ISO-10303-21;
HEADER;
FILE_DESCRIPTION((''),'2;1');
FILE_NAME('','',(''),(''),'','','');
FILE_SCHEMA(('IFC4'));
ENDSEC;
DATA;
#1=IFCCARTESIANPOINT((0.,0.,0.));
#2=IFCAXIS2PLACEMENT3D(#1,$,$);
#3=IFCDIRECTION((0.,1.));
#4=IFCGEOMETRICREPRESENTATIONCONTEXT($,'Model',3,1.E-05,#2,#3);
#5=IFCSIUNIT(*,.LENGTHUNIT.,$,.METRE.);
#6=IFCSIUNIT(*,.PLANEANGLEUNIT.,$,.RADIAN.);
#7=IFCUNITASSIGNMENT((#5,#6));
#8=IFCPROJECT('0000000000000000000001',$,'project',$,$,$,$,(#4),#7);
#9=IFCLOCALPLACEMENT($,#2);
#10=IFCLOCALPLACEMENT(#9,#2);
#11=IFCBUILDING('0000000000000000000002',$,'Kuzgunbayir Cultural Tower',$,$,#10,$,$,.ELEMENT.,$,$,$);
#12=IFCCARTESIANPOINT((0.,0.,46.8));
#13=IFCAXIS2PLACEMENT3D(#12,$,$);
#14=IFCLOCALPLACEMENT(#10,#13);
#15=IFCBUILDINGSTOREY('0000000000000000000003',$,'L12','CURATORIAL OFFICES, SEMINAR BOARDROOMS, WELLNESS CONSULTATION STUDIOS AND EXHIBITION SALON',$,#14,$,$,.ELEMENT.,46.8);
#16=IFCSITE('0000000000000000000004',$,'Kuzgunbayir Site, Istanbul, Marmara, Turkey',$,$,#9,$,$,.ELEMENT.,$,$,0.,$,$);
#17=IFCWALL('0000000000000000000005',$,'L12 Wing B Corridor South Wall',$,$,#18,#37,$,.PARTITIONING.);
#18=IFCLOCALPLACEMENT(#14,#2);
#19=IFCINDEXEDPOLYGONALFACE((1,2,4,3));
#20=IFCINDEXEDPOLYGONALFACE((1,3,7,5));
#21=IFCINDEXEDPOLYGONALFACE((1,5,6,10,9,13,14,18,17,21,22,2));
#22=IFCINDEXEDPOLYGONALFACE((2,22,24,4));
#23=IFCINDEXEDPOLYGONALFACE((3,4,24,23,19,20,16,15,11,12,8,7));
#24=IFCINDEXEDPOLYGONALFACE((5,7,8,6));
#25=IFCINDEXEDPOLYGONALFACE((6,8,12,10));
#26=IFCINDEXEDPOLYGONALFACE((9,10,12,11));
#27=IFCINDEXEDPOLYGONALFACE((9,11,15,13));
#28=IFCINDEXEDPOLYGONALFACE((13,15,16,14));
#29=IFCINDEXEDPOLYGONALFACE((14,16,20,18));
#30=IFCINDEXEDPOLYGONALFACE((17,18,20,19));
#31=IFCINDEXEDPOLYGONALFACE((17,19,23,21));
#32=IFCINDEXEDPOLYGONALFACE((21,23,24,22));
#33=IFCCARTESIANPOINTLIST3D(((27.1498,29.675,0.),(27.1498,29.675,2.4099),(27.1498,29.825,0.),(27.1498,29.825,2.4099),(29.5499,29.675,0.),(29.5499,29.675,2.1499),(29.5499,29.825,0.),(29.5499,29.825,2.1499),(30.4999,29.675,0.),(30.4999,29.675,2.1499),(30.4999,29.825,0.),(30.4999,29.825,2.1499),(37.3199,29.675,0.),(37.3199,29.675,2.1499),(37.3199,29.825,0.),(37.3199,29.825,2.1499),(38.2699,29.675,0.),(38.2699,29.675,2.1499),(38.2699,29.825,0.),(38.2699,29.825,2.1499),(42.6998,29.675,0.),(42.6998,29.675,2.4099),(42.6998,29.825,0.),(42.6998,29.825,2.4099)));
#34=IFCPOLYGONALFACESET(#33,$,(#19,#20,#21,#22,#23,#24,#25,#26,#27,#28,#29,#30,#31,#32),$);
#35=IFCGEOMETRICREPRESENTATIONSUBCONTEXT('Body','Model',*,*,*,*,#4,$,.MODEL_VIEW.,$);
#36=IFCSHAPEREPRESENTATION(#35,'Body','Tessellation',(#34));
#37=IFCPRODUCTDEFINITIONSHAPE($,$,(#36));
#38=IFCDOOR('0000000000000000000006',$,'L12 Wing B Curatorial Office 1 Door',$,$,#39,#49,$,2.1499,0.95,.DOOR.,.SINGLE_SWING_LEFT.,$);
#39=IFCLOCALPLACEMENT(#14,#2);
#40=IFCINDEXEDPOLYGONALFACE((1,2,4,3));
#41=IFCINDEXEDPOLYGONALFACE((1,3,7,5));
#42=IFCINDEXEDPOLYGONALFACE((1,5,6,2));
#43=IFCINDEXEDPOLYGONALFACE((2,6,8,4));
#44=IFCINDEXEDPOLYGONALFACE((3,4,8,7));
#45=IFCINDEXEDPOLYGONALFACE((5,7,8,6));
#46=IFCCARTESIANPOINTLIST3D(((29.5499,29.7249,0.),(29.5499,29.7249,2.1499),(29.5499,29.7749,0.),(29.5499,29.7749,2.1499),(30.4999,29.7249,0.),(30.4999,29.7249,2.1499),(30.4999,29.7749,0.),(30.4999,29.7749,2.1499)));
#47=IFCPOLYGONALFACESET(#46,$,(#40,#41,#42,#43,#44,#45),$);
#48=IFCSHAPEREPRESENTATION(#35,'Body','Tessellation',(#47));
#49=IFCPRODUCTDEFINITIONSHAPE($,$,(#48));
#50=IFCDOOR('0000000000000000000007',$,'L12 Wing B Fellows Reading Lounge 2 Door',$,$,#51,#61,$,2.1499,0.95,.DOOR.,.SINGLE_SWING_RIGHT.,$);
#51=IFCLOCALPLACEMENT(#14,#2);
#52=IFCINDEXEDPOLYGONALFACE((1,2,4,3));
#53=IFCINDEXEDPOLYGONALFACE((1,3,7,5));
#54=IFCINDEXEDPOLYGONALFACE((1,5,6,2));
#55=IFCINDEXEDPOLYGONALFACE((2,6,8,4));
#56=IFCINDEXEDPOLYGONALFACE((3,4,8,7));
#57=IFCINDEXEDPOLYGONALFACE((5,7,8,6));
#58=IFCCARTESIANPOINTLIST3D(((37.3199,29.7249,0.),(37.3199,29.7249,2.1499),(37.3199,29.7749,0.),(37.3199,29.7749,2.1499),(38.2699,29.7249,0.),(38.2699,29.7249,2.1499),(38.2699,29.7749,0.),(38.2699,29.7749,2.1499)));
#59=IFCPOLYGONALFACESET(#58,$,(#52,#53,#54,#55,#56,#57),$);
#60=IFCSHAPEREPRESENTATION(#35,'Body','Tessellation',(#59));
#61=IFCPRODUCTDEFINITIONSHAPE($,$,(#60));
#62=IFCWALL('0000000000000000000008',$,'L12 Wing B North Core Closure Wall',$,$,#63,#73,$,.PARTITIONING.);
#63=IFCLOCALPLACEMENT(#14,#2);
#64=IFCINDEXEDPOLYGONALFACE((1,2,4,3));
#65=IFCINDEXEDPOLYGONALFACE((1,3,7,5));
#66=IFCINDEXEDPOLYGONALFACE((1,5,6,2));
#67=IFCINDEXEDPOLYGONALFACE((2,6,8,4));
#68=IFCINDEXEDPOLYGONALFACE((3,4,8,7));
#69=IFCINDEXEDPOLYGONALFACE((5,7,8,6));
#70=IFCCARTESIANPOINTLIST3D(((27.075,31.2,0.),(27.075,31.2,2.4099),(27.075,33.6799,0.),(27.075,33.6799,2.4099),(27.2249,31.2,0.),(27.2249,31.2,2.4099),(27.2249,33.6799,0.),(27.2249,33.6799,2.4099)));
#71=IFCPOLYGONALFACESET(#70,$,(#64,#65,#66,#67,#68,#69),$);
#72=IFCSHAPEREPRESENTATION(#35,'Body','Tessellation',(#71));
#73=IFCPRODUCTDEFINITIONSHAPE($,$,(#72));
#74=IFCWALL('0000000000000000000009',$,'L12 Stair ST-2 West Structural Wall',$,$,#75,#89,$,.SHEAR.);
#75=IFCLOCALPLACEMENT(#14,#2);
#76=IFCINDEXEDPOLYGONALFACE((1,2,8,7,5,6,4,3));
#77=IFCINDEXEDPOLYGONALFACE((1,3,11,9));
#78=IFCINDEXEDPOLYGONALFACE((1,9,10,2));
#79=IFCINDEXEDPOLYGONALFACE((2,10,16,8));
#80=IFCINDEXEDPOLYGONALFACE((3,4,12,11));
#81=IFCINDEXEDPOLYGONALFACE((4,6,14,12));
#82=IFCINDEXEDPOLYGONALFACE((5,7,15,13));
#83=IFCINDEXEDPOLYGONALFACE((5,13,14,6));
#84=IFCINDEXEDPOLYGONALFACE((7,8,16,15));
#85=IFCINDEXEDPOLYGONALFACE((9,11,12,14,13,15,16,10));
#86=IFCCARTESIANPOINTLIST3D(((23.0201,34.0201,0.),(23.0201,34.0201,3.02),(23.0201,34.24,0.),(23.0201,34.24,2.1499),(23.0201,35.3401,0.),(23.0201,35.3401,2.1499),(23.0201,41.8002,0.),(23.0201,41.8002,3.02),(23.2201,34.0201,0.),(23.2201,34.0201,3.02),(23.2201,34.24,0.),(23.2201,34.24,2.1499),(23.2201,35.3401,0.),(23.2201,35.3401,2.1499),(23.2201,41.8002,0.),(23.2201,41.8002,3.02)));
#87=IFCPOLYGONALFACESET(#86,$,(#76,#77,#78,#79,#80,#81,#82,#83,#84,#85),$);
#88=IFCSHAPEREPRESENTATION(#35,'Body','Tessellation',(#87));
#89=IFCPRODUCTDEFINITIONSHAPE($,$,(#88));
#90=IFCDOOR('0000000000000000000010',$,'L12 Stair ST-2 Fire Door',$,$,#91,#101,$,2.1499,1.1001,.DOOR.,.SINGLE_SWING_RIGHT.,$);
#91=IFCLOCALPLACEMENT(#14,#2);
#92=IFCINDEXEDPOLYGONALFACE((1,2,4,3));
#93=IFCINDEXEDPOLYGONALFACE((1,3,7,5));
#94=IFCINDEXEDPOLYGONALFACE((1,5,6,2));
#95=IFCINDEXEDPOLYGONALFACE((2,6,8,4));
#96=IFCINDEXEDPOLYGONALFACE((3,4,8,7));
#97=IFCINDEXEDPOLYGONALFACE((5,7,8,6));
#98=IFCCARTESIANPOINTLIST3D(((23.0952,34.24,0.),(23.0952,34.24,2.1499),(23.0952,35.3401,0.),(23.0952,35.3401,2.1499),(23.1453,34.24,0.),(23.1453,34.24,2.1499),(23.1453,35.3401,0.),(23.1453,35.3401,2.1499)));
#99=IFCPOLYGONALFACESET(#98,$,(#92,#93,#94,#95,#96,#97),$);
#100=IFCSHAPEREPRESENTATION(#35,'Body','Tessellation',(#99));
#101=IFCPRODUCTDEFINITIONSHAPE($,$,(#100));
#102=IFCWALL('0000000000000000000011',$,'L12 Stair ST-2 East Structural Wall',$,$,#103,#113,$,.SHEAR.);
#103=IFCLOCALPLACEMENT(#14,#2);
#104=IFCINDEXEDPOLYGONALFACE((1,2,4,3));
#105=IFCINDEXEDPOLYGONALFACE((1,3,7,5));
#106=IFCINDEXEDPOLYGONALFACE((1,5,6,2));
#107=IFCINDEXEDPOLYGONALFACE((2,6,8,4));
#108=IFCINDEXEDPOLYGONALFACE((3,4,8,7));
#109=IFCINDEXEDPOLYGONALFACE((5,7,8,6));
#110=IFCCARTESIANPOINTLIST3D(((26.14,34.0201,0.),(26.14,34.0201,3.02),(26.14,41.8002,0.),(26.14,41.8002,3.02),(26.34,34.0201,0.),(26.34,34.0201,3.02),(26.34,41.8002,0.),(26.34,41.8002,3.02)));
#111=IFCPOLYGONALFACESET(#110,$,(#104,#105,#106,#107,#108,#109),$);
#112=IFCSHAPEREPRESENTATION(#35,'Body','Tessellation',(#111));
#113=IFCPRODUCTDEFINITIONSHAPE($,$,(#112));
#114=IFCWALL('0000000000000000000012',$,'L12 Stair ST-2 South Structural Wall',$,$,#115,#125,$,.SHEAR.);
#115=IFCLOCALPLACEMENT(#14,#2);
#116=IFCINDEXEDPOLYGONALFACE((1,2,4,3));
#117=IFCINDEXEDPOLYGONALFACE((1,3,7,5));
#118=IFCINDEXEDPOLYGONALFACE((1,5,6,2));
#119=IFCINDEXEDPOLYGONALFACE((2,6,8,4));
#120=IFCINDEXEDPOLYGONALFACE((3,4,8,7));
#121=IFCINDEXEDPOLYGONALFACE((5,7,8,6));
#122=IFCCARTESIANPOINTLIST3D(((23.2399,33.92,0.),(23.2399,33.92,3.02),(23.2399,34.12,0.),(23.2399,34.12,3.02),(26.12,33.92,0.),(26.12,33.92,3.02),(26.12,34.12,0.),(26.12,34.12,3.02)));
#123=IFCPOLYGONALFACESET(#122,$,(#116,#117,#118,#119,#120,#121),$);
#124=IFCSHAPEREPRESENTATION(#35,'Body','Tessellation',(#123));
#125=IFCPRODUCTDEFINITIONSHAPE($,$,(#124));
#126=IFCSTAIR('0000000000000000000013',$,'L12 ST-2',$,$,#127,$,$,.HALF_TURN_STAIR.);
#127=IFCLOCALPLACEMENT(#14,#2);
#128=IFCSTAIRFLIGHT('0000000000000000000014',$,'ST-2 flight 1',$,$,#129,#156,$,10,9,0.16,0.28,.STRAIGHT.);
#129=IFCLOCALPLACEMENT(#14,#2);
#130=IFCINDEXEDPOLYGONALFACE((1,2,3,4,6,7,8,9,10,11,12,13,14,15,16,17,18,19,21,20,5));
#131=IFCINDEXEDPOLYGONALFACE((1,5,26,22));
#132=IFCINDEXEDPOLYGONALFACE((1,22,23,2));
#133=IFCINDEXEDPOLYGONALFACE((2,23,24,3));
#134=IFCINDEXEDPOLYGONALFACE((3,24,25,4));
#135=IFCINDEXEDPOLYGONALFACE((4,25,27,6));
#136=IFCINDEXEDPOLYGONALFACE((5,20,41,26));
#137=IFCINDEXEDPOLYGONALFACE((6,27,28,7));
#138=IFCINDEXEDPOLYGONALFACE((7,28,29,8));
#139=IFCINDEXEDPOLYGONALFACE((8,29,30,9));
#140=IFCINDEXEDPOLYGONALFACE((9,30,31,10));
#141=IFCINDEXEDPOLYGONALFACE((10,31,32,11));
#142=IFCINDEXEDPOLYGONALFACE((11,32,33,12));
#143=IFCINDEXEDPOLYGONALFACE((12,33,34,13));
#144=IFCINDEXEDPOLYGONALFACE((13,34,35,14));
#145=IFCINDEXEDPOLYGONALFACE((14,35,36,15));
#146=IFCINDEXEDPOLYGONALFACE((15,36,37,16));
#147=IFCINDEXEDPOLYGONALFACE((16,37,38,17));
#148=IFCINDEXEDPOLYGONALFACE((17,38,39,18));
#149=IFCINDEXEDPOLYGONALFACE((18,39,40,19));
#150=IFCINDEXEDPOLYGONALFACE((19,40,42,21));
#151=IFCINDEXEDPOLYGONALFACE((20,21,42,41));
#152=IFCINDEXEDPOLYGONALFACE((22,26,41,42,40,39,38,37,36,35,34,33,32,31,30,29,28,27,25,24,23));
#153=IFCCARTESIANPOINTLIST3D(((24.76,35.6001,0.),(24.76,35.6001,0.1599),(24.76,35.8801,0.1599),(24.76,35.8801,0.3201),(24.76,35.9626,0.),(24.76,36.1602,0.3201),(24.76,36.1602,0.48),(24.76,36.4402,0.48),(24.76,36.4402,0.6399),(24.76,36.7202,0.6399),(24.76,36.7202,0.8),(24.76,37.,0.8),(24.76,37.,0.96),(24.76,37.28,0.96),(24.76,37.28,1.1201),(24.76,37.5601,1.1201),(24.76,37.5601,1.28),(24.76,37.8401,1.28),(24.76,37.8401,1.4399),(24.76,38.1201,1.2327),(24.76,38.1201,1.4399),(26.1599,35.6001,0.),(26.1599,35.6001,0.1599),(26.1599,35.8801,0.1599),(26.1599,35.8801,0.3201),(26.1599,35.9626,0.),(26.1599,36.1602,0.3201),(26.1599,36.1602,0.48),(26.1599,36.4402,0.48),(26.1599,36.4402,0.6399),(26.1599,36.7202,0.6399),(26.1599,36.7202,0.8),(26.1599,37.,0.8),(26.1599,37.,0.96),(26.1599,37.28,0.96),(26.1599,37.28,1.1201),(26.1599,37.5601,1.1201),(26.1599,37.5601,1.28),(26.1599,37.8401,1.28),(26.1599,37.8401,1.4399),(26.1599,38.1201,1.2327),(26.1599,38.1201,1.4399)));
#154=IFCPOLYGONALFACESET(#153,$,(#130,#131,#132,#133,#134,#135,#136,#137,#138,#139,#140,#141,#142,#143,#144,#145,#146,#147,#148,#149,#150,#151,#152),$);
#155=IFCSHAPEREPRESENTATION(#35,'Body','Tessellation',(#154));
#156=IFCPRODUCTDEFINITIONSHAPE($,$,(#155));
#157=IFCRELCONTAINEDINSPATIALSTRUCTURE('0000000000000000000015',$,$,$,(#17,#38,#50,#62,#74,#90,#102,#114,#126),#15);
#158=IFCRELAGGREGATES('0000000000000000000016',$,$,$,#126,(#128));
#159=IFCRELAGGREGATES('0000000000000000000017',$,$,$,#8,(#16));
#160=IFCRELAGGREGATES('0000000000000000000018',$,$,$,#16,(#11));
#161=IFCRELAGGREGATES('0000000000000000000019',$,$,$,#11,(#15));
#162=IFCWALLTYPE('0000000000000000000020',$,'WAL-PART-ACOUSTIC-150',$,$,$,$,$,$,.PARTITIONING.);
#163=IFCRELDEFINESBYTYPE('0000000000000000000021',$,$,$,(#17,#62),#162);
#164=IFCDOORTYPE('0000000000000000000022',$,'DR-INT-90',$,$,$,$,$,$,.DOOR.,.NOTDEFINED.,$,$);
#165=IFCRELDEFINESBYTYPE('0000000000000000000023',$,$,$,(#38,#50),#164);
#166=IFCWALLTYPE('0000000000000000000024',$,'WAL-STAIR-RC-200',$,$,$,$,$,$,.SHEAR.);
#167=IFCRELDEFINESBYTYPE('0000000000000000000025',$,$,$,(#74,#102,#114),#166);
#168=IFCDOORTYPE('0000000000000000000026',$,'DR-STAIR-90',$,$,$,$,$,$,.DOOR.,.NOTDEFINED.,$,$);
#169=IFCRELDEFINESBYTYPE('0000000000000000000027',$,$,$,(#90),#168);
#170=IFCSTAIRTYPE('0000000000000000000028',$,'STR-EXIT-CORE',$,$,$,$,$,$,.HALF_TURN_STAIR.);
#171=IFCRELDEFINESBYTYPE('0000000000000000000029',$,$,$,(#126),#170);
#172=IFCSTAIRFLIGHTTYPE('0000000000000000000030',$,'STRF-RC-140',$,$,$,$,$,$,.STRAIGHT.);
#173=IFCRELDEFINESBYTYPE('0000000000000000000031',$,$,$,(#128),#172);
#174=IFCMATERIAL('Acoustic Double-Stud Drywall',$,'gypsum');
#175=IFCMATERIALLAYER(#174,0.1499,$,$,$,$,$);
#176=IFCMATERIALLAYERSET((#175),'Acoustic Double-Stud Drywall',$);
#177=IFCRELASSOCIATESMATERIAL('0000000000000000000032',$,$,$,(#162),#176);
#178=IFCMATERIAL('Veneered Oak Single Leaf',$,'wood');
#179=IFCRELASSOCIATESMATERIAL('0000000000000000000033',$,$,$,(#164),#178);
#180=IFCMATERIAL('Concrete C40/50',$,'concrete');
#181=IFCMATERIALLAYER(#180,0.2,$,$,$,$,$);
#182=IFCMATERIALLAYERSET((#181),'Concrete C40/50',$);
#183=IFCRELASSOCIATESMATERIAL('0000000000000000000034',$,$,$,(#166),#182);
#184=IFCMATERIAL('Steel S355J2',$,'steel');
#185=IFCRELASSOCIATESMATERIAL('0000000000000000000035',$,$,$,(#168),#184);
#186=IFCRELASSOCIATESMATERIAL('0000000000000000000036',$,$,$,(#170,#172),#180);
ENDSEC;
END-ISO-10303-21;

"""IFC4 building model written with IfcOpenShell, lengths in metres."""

from ifc_helpers import new_model, si_unit, direction, frame, frame_2d, origin, place, context, subcontext, project, spatial, polyline, rectangle, outline, extrude, material, layer, layer_set, type_object, element, fill, aggregate, save


model = new_model("IFC4")

# Units and contexts
model_context = context("Model", 3, precision=1e-05, world=origin(), true_north=direction((0.0, 1.0)))
body_context = subcontext(model_context, "Body", "Model", "MODEL_VIEW")
ifc_project = project(units=[si_unit("LENGTHUNIT", "METRE"), si_unit("PLANEANGLEUNIT", "RADIAN")], contexts=[model_context])

# Site, building, storey
site_placement = place(None, origin())
site = spatial("IfcSite", under=ifc_project, at=site_placement, Name="Kuzgunbayir Site, Istanbul, Marmara, Turkey", CompositionType="ELEMENT", RefElevation=0.0)
building_placement = place(site_placement, origin())
building = spatial("IfcBuilding", under=site, at=building_placement, Name="Kuzgunbayir Cultural Tower", CompositionType="ELEMENT")
storey_placement = place(building_placement, frame((0.0, 0.0, 46.8)))
storey = spatial("IfcBuildingStorey", under=building, at=storey_placement, Name="L12", Description="CURATORIAL OFFICES, SEMINAR BOARDROOMS, WELLNESS CONSULTATION STUDIOS AND EXHIBITION SALON", CompositionType="ELEMENT", Elevation=46.8)

# Shared definitions
ifc_material_1 = material(Name="Steel S355J2", Category="steel")

# Wall, openings, doors
ifc_material_2 = material(Name="Acoustic Double-Stud Drywall", Category="gypsum")
ifc_layer_1 = layer(ifc_material_2, 0.1499)
ifc_layer_set_1 = layer_set([ifc_layer_1], Name="Acoustic Double-Stud Drywall")
wall_type_1 = type_object("IfcWallType", Name="WAL-PART-ACOUSTIC-150", PredefinedType="PARTITIONING", material=ifc_layer_set_1)
wall_1_placement = place(storey_placement, frame((27.1499, 29.75, 0.0), z_axis=(0.0, 0.0, 1.0), x_axis=(1.0, 0.0, 0.0)))
wall_1 = element("IfcWall", 1, at=wall_1_placement, inside=storey, type_object=wall_type_1, Name="L12 Wing B Corridor South Wall", PredefinedType="PARTITIONING", context=body_context, shape_type="SweptSolid", body=[
    extrude(rectangle(XDim=15.55, YDim=0.1499, at=frame_2d((7.7749, 0.0))), origin(), (0.0, 0.0, 1.0), 2.4099),
])
opening_1_placement = place(wall_1_placement, frame((2.3999, 0.0, 0.0)))
opening_1 = element("IfcOpeningElement", 2, at=opening_1_placement, cuts=wall_1, PredefinedType="OPENING", context=body_context, shape_type="SweptSolid", body=[
    extrude(rectangle(XDim=0.95, YDim=2.1499, at=frame_2d((0.4751, 1.075))), frame((0.0, 0.085, 0.0), z_axis=(0.0, -1.0, 0.0), x_axis=(1.0, 0.0, 0.0)), (0.0, 0.0, 1.0), 0.1699),
])
opening_2_placement = place(wall_1_placement, frame((10.1699, 0.0, 0.0)))
opening_2 = element("IfcOpeningElement", 3, at=opening_2_placement, cuts=wall_1, PredefinedType="OPENING", context=body_context, shape_type="SweptSolid", body=[
    extrude(rectangle(XDim=0.95, YDim=2.1499, at=frame_2d((0.4751, 1.075))), frame((0.0, 0.085, 0.0), z_axis=(0.0, -1.0, 0.0), x_axis=(1.0, 0.0, 0.0)), (0.0, 0.0, 1.0), 0.1699),
])
ifc_material_3 = material(Name="Veneered Oak Single Leaf", Category="wood")
door_type_1 = type_object("IfcDoorType", Name="DR-INT-90", OperationType="NOTDEFINED", PredefinedType="DOOR", material=ifc_material_3)
door_1_placement = place(opening_1_placement, origin())
door_1 = element("IfcDoor", 4, at=door_1_placement, inside=storey, type_object=door_type_1, Name="L12 Wing B Curatorial Office 1 Door", OperationType="SINGLE_SWING_LEFT", OverallHeight=2.1499, OverallWidth=0.95, PredefinedType="DOOR", context=body_context, shape_type="SweptSolid", body=[
    extrude(rectangle(XDim=0.95, YDim=2.1499, at=frame_2d((0.4751, 1.075))), frame((0.0, 0.0249, 0.0), z_axis=(0.0, -1.0, 0.0), x_axis=(1.0, 0.0, 0.0)), (0.0, 0.0, 1.0), 0.05),
])
fill(opening_1, door_1)
door_2_placement = place(opening_2_placement, origin())
door_2 = element("IfcDoor", 5, at=door_2_placement, inside=storey, type_object=door_type_1, Name="L12 Wing B Fellows Reading Lounge 2 Door", OperationType="SINGLE_SWING_RIGHT", OverallHeight=2.1499, OverallWidth=0.95, PredefinedType="DOOR", context=body_context, shape_type="SweptSolid", body=[
    extrude(rectangle(XDim=0.95, YDim=2.1499, at=frame_2d((0.4751, 1.075))), frame((0.0, 0.0249, 0.0), z_axis=(0.0, -1.0, 0.0), x_axis=(1.0, 0.0, 0.0)), (0.0, 0.0, 1.0), 0.05),
])
fill(opening_2, door_2)

# Wall
wall_2_placement = place(storey_placement, frame((27.1499, 31.2, 0.0), z_axis=(0.0, 0.0, 1.0), x_axis=(0.0, 1.0, 0.0)))
element("IfcWall", 6, at=wall_2_placement, inside=storey, type_object=wall_type_1, Name="L12 Wing B North Core Closure Wall", PredefinedType="PARTITIONING", context=body_context, shape_type="SweptSolid", body=[
    extrude(rectangle(XDim=2.48, YDim=0.1499, at=frame_2d((1.24, 0.0))), origin(), (0.0, 0.0, 1.0), 2.4099),
])

# Wall, opening, door
ifc_material_4 = material(Name="Concrete C40/50", Category="concrete")
ifc_layer_2 = layer(ifc_material_4, 0.2)
ifc_layer_set_2 = layer_set([ifc_layer_2], Name="Concrete C40/50")
wall_type_2 = type_object("IfcWallType", Name="WAL-STAIR-RC-200", PredefinedType="SHEAR", material=ifc_layer_set_2)
wall_3_placement = place(storey_placement, frame((23.1201, 34.02, 0.0), z_axis=(0.0, 0.0, 1.0), x_axis=(0.0, 1.0, 0.0)))
wall_3 = element("IfcWall", 7, at=wall_3_placement, inside=storey, type_object=wall_type_2, Name="L12 Stair ST-2 West Structural Wall", PredefinedType="SHEAR", context=body_context, shape_type="SweptSolid", body=[
    extrude(rectangle(XDim=7.78, YDim=0.2, at=frame_2d((3.8901, 0.0))), origin(), (0.0, 0.0, 1.0), 3.02),
])
opening_3_placement = place(wall_3_placement, frame((0.22, 0.0, 0.0)))
opening_3 = element("IfcOpeningElement", 8, at=opening_3_placement, cuts=wall_3, PredefinedType="OPENING", context=body_context, shape_type="SweptSolid", body=[
    extrude(rectangle(XDim=1.1001, YDim=2.1499, at=frame_2d((0.55, 1.075))), frame((0.0, 0.1099, 0.0), z_axis=(0.0, -1.0, 0.0), x_axis=(1.0, 0.0, 0.0)), (0.0, 0.0, 1.0), 0.22),
])
door_type_2 = type_object("IfcDoorType", Name="DR-STAIR-90", OperationType="NOTDEFINED", PredefinedType="DOOR", material=ifc_material_1)
door_3_placement = place(opening_3_placement, origin())
door_3 = element("IfcDoor", 9, at=door_3_placement, inside=storey, type_object=door_type_2, Name="L12 Stair ST-2 Fire Door", OperationType="SINGLE_SWING_RIGHT", OverallHeight=2.1499, OverallWidth=1.1001, PredefinedType="DOOR", context=body_context, shape_type="SweptSolid", body=[
    extrude(rectangle(XDim=1.1001, YDim=2.1499, at=frame_2d((0.55, 1.075))), frame((0.0, 0.0249, 0.0), z_axis=(0.0, -1.0, 0.0), x_axis=(1.0, 0.0, 0.0)), (0.0, 0.0, 1.0), 0.05),
])
fill(opening_3, door_3)

# Walls
wall_4_placement = place(storey_placement, frame((26.24, 34.02, 0.0), z_axis=(0.0, 0.0, 1.0), x_axis=(0.0, 1.0, 0.0)))
element("IfcWall", 10, at=wall_4_placement, inside=storey, type_object=wall_type_2, Name="L12 Stair ST-2 East Structural Wall", PredefinedType="SHEAR", context=body_context, shape_type="SweptSolid", body=[
    extrude(rectangle(XDim=7.78, YDim=0.2, at=frame_2d((3.8901, 0.0))), origin(), (0.0, 0.0, 1.0), 3.02),
])
wall_5_placement = place(storey_placement, frame((23.24, 34.02, 0.0), z_axis=(0.0, 0.0, 1.0), x_axis=(1.0, 0.0, 0.0)))
element("IfcWall", 11, at=wall_5_placement, inside=storey, type_object=wall_type_2, Name="L12 Stair ST-2 South Structural Wall", PredefinedType="SHEAR", context=body_context, shape_type="SweptSolid", body=[
    extrude(rectangle(XDim=2.8801, YDim=0.2, at=frame_2d((1.4399, 0.0))), origin(), (0.0, 0.0, 1.0), 3.02),
])

# Stair, stair flight
stair_type = type_object("IfcStairType", Name="STR-EXIT-CORE", PredefinedType="HALF_TURN_STAIR", material=ifc_material_4)
stair_placement = place(storey_placement, origin())
stair = element("IfcStair", 12, at=stair_placement, inside=storey, type_object=stair_type, Name="L12 ST-2", PredefinedType="HALF_TURN_STAIR")
stair_flight_type = type_object("IfcStairFlightType", Name="STRF-RC-140", PredefinedType="STRAIGHT", material=ifc_material_4)
stair_flight_1_placement = place(storey_placement, frame((25.46, 35.6001, 0.0), z_axis=(0.0, 0.0, 1.0), x_axis=(0.0, 1.0, 0.0)))
stair_flight_1 = element("IfcStairFlight", 13, at=stair_flight_1_placement, type_object=stair_flight_type, Name="ST-2 flight 1", NumberOfRisers=10, NumberOfTreads=9, PredefinedType="STRAIGHT", RiserHeight=0.16, TreadLength=0.28, context=body_context, shape_type="SweptSolid", body=[
    extrude(outline(polyline([(0.0, 0.0), (0.0, 0.1599), (0.28, 0.1599), (0.28, 0.3201), (0.5601, 0.3201), (0.5601, 0.48), (0.8401, 0.48), (0.8401, 0.6399), (1.1201, 0.6399), (1.1201, 0.8), (1.3999, 0.8), (1.3999, 0.96), (1.6799, 0.96), (1.6799, 1.1201), (1.96, 1.1201), (1.96, 1.28), (2.24, 1.28), (2.24, 1.4399), (2.52, 1.4399), (2.52, 1.6001), (2.52, 1.2327), (0.3625, 0.0), (0.0, 0.0)])), frame((0.0, 0.7, 0.0), z_axis=(0.0, -1.0, 0.0), x_axis=(1.0, 0.0, 0.0)), (0.0, 0.0, 1.0), 1.3999),
])
aggregate(stair, [stair_flight_1])

save(model, "model.ifc")
